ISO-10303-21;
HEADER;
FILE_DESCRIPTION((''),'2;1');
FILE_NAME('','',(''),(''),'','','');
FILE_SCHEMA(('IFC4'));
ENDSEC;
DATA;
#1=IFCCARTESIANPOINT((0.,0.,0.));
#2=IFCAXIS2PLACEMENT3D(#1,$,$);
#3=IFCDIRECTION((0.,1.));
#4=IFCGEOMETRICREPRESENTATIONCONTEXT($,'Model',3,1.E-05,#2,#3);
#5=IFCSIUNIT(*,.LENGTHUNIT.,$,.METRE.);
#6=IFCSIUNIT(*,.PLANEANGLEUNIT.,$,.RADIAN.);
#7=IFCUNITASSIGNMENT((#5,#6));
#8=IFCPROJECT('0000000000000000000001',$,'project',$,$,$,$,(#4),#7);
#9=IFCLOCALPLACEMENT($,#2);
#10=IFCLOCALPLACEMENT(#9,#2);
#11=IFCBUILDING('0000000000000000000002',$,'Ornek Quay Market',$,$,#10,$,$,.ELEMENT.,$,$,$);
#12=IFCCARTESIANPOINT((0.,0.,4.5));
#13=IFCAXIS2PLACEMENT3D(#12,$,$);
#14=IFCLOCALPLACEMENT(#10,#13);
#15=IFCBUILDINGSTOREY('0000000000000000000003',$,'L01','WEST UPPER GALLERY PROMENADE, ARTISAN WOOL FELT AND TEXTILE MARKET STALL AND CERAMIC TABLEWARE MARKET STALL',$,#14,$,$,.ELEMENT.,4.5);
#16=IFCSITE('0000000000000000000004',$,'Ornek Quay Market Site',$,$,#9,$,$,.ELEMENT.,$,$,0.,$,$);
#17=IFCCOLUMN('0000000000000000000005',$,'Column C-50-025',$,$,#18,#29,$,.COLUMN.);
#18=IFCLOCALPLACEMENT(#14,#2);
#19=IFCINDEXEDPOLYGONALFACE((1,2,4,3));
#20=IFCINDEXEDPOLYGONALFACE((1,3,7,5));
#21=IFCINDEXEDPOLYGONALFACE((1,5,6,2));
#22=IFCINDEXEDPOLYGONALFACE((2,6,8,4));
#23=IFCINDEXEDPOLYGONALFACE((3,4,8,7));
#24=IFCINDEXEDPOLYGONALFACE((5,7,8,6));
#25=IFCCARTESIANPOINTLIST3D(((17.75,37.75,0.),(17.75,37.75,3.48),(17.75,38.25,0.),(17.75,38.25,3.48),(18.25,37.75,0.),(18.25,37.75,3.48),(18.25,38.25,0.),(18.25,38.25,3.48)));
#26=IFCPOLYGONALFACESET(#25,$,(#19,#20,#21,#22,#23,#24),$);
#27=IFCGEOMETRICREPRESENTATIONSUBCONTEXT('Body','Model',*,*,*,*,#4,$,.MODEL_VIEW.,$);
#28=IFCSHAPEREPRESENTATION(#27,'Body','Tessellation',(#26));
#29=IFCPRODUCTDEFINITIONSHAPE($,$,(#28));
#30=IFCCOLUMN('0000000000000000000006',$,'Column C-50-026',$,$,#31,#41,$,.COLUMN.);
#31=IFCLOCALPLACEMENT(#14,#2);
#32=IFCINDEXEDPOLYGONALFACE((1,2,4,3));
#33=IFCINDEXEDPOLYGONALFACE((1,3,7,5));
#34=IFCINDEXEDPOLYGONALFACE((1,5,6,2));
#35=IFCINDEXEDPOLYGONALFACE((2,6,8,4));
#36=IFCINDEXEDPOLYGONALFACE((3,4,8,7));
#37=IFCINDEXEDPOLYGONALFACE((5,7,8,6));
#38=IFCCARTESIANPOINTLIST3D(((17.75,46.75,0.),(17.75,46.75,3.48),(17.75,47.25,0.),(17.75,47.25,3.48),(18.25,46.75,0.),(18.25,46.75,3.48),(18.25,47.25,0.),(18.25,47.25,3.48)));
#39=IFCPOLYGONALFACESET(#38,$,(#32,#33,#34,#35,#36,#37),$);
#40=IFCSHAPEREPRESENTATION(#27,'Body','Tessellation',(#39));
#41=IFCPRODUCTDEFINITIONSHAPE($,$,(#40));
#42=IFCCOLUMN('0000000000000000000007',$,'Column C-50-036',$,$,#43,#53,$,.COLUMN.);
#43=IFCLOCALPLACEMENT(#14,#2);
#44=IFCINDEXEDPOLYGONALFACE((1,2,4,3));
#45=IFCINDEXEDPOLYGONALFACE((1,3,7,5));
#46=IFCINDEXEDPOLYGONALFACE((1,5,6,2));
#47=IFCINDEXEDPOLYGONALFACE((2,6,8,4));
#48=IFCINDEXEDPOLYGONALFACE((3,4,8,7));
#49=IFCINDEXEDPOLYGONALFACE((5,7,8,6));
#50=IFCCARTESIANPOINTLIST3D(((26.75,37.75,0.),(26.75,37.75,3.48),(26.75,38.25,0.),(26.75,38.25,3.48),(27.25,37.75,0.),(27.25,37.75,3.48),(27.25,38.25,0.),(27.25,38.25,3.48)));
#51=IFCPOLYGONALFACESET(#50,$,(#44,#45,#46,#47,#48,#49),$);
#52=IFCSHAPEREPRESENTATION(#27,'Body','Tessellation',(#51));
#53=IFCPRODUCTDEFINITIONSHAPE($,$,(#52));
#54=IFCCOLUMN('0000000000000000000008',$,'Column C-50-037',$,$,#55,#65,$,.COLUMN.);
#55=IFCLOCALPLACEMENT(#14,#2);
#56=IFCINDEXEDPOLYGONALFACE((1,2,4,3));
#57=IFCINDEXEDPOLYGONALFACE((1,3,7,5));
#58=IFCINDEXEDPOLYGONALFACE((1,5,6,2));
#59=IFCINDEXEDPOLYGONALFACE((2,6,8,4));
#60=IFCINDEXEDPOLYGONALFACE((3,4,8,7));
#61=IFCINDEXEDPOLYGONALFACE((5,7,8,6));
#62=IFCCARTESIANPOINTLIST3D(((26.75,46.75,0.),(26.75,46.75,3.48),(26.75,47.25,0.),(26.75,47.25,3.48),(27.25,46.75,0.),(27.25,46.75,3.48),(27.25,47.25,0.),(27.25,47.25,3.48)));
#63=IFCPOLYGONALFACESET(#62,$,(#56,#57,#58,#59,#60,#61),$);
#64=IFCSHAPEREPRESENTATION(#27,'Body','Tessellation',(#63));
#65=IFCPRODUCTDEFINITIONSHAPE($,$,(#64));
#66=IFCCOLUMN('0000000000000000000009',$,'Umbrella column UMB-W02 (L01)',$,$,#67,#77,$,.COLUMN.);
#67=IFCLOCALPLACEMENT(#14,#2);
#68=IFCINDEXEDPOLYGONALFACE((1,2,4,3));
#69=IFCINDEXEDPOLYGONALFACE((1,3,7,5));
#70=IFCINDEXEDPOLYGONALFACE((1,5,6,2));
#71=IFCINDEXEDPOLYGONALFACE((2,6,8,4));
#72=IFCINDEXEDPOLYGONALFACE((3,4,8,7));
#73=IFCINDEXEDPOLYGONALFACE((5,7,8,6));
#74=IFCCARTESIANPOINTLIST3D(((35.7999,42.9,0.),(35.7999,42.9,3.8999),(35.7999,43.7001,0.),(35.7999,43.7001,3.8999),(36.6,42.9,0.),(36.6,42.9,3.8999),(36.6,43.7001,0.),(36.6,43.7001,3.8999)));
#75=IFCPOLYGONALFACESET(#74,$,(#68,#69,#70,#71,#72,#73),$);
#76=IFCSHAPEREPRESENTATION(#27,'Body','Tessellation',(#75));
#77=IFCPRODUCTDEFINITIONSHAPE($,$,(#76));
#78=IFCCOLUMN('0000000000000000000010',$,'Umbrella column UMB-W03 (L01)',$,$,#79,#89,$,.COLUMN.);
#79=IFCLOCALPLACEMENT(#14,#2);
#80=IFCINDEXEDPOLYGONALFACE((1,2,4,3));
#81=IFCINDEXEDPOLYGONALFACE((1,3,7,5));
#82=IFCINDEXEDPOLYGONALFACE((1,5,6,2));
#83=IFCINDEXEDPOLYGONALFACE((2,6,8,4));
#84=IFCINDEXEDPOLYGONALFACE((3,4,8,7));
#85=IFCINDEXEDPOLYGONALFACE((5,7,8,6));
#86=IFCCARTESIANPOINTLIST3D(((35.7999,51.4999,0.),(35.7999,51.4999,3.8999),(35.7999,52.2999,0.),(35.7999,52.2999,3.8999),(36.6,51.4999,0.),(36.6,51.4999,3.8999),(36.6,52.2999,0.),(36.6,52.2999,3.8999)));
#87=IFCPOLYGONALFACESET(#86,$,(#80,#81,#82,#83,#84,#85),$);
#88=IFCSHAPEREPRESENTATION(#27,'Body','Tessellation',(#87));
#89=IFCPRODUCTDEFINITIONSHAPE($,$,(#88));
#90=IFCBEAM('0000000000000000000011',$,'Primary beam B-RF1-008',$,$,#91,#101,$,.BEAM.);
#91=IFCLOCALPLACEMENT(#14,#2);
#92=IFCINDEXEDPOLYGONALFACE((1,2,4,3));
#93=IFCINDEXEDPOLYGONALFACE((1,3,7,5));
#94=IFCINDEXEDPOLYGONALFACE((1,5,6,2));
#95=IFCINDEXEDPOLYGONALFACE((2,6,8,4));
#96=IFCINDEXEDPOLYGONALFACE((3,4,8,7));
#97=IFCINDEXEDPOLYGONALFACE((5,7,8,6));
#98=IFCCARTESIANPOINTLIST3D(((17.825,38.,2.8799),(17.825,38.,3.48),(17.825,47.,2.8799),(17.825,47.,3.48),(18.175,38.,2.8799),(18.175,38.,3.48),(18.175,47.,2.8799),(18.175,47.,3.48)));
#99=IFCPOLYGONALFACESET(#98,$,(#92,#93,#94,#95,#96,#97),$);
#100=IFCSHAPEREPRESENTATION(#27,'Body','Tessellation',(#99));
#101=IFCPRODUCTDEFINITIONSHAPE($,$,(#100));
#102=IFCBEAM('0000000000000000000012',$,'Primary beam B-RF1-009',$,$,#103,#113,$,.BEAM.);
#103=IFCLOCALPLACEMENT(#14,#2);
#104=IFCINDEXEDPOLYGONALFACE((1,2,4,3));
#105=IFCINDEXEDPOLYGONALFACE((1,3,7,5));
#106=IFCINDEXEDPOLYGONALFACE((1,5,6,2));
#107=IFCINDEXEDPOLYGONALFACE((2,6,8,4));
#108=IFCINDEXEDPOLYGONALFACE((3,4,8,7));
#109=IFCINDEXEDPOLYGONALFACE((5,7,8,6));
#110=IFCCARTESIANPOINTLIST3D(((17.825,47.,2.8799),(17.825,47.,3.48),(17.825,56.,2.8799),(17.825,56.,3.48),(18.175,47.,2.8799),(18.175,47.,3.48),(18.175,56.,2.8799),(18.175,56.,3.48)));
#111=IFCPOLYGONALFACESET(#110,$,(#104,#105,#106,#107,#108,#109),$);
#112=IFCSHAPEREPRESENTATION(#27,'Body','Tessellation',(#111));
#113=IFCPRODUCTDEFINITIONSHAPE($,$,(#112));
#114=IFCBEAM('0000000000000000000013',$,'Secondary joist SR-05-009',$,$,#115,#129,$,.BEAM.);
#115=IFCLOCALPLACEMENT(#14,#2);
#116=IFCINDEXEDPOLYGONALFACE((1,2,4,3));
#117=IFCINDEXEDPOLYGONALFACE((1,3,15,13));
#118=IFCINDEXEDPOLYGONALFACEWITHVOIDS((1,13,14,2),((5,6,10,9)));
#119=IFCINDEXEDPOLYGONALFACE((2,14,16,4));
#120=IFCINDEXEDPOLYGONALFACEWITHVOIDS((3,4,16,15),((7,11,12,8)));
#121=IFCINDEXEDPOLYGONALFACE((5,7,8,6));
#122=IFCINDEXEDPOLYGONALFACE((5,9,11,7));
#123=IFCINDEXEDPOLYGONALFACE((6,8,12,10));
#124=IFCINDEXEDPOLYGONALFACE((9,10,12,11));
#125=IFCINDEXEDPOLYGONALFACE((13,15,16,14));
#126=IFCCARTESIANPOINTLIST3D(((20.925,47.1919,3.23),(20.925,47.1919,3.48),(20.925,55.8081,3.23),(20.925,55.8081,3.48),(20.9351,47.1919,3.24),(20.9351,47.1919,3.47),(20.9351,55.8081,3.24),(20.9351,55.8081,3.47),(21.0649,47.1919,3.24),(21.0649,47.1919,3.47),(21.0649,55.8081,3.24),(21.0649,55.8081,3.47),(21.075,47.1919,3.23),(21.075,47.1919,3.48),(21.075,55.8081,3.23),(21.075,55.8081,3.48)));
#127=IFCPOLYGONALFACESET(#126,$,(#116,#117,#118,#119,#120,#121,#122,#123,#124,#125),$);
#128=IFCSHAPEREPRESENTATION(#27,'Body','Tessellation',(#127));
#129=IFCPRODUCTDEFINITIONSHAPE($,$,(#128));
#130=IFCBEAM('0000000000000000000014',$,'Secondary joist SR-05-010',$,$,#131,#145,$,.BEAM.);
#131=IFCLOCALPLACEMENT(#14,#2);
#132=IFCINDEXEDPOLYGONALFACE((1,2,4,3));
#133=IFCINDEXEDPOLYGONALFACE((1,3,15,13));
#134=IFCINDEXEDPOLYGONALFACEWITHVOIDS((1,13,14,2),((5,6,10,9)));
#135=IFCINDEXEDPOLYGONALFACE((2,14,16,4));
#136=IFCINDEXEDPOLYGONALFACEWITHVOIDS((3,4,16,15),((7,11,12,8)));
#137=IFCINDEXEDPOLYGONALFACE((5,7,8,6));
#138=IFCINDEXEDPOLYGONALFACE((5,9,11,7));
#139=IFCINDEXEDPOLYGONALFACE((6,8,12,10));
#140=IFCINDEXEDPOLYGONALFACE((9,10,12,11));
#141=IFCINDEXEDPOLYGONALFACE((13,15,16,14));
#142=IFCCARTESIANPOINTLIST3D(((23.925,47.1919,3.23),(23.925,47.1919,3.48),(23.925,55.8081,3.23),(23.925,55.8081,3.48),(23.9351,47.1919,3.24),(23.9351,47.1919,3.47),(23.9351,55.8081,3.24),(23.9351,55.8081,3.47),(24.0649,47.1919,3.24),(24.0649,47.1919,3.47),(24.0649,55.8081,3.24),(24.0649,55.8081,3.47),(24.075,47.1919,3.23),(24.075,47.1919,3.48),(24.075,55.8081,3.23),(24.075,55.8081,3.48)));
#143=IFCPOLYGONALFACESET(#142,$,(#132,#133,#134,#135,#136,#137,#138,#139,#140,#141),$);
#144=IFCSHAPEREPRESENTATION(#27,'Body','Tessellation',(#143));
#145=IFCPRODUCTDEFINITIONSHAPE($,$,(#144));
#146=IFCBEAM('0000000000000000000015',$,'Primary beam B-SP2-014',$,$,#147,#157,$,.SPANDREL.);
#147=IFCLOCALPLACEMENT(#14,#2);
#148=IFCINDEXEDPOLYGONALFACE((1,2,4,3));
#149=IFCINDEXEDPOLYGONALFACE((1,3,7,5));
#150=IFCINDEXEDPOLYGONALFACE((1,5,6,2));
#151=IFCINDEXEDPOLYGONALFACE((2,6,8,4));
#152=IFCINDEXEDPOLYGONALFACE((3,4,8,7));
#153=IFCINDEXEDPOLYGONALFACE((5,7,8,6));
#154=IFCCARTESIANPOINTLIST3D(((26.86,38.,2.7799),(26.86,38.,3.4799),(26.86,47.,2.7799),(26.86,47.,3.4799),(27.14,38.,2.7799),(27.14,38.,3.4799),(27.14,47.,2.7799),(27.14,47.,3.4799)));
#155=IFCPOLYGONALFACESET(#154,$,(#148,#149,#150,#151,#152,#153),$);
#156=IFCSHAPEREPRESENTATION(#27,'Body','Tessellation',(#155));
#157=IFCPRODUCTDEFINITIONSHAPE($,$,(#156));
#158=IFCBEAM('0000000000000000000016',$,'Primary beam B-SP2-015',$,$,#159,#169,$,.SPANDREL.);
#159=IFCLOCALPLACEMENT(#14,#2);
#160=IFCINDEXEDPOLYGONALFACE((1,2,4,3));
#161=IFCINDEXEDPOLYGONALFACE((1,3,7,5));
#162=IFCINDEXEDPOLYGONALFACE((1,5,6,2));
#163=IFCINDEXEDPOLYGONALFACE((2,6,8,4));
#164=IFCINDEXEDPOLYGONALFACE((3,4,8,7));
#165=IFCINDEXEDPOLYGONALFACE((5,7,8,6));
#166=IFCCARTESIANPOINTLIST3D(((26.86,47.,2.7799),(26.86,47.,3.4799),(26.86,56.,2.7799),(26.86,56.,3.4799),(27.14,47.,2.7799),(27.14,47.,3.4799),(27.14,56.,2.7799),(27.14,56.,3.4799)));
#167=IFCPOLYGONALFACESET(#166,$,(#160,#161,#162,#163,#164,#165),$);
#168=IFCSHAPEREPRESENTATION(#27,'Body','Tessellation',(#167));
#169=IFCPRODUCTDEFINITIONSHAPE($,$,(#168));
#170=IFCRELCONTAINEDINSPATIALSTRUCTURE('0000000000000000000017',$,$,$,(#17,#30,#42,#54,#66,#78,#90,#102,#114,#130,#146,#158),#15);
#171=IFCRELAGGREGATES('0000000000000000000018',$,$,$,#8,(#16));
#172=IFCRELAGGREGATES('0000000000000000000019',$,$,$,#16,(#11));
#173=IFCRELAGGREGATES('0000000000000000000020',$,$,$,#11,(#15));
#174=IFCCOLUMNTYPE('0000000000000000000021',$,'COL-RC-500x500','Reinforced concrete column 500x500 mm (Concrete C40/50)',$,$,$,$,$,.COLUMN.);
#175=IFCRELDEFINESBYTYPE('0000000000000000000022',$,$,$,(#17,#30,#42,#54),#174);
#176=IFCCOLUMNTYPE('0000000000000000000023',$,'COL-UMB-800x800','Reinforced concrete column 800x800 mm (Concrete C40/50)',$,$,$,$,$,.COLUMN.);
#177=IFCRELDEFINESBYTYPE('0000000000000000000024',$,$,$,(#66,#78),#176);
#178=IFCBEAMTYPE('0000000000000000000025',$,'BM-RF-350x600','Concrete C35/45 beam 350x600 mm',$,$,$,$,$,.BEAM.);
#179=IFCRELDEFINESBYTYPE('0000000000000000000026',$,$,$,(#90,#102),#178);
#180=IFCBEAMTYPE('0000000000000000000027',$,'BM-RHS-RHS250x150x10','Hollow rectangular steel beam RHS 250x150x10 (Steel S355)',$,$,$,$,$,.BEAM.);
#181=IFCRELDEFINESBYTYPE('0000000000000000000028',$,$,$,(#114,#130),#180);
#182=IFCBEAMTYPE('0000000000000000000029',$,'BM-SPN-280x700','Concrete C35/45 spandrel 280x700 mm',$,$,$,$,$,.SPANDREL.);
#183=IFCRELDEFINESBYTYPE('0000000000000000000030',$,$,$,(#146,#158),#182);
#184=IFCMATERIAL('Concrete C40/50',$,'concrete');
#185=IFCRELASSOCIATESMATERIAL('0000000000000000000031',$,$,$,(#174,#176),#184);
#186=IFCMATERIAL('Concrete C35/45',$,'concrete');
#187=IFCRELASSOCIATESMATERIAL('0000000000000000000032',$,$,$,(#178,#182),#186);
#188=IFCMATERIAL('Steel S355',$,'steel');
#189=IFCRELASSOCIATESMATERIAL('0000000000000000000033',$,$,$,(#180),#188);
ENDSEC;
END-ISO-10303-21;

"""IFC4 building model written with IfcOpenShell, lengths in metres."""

from ifc_helpers import new_model, si_unit, direction, frame, origin, origin_2d, place, context, subcontext, project, spatial, rectangle, hollow_rectangle, extrude, material, material_profile, profile_set, type_object, element, save


model = new_model("IFC4")

# Units and contexts
model_context = context("Model", 3, precision=1e-05, world=origin(), true_north=direction((0.0, 1.0)))
body_context = subcontext(model_context, "Body", "Model", "MODEL_VIEW")
ifc_project = project(units=[si_unit("LENGTHUNIT", "METRE"), si_unit("PLANEANGLEUNIT", "RADIAN")], contexts=[model_context])

# Site, building, storey
site_placement = place(None, origin())
site = spatial("IfcSite", under=ifc_project, at=site_placement, Name="Ornek Quay Market Site", CompositionType="ELEMENT", RefElevation=0.0)
building_placement = place(site_placement, origin())
building = spatial("IfcBuilding", under=site, at=building_placement, Name="Ornek Quay Market", CompositionType="ELEMENT")
storey_placement = place(building_placement, frame((0.0, 0.0, 4.5)))
storey = spatial("IfcBuildingStorey", under=building, at=storey_placement, Name="L01", Description="WEST UPPER GALLERY PROMENADE, ARTISAN WOOL FELT AND TEXTILE MARKET STALL AND CERAMIC TABLEWARE MARKET STALL", CompositionType="ELEMENT", Elevation=4.5)

# Columns
ifc_material_1 = material(Name="Concrete C40/50", Category="concrete")
ifc_material_profile_1 = material_profile(ifc_material_1, rectangle(XDim=0.5, YDim=0.5, at=origin_2d()), Name="RC 500x500", Category="concrete")
ifc_profile_set_1 = profile_set([ifc_material_profile_1], Name="Concrete C40/50")
column_type_1 = type_object("IfcColumnType", Name="COL-RC-500x500", Description="Reinforced concrete column 500x500 mm (Concrete C40/50)", PredefinedType="COLUMN", material=ifc_profile_set_1)
for number, where, z_axis, x_axis, name in (
    (1, (18.0, 38.0, 0.0), (0.0, 0.0, 1.0), (1.0, 0.0, 0.0), "Column C-50-025"),
    (2, (18.0, 47.0, 0.0), (0.0, 0.0, 1.0), (1.0, 0.0, 0.0), "Column C-50-026"),
    (3, (27.0, 38.0, 0.0), (0.0, 0.0, 1.0), (1.0, 0.0, 0.0), "Column C-50-036"),
    (4, (27.0, 47.0, 0.0), (0.0, 0.0, 1.0), (1.0, 0.0, 0.0), "Column C-50-037"),
):
    element("IfcColumn", number, at=place(storey_placement, frame(where, z_axis=z_axis, x_axis=x_axis)), inside=storey, type_object=column_type_1, Name=name, PredefinedType="COLUMN", context=body_context, shape_type="SweptSolid", body=[
        extrude(rectangle(XDim=0.5, YDim=0.5, at=origin_2d()), origin(), (0.0, 0.0, 1.0), 3.48),
    ])
ifc_material_profile_2 = material_profile(ifc_material_1, rectangle(XDim=0.8, YDim=0.8, at=origin_2d()), Name="RC 800x800", Category="concrete")
ifc_profile_set_2 = profile_set([ifc_material_profile_2], Name="Concrete C40/50")
column_type_2 = type_object("IfcColumnType", Name="COL-UMB-800x800", Description="Reinforced concrete column 800x800 mm (Concrete C40/50)", PredefinedType="COLUMN", material=ifc_profile_set_2)
for number, where, z_axis, x_axis, name in (
    (5, (36.2, 43.3, 0.0), (0.0, 0.0, 1.0), (1.0, 0.0, 0.0), "Umbrella column UMB-W02 (L01)"),
    (6, (36.2, 51.8999, 0.0), (0.0, 0.0, 1.0), (1.0, 0.0, 0.0), "Umbrella column UMB-W03 (L01)"),
):
    element("IfcColumn", number, at=place(storey_placement, frame(where, z_axis=z_axis, x_axis=x_axis)), inside=storey, type_object=column_type_2, Name=name, PredefinedType="COLUMN", context=body_context, shape_type="SweptSolid", body=[
        extrude(rectangle(XDim=0.8, YDim=0.8, at=origin_2d()), origin(), (0.0, 0.0, 1.0), 3.8999),
    ])

# Beams
ifc_material_2 = material(Name="Concrete C35/45", Category="concrete")
ifc_material_profile_3 = material_profile(ifc_material_2, rectangle(XDim=0.3501, YDim=0.6001, at=origin_2d()), Name="RC 350x600", Category="concrete")
ifc_profile_set_3 = profile_set([ifc_material_profile_3], Name="Concrete C35/45")
beam_type_1 = type_object("IfcBeamType", Name="BM-RF-350x600", Description="Concrete C35/45 beam 350x600 mm", PredefinedType="BEAM", material=ifc_profile_set_3)
for number, where, z_axis, x_axis, name in (
    (7, (18.0, 38.0, 3.1799), (0.0, 1.0, 0.0), (-1.0, 0.0, 0.0), "Primary beam B-RF1-008"),
    (8, (18.0, 47.0, 3.1799), (0.0, 1.0, 0.0), (-1.0, 0.0, 0.0), "Primary beam B-RF1-009"),
):
    element("IfcBeam", number, at=place(storey_placement, frame(where, z_axis=z_axis, x_axis=x_axis)), inside=storey, type_object=beam_type_1, Name=name, PredefinedType="BEAM", context=body_context, shape_type="SweptSolid", body=[
        extrude(rectangle(XDim=0.3501, YDim=0.6001, at=origin_2d()), origin(), (0.0, 0.0, 1.0), 9.0),
    ])
ifc_material_3 = material(Name="Steel S355", Category="steel")
ifc_material_profile_4 = material_profile(ifc_material_3, hollow_rectangle(XDim=0.1499, YDim=0.25, WallThickness=0.01, at=origin_2d()), Name="RHS 250x150x10", Category="steel")
ifc_profile_set_4 = profile_set([ifc_material_profile_4], Name="Steel S355")
beam_type_2 = type_object("IfcBeamType", Name="BM-RHS-RHS250x150x10", Description="Hollow rectangular steel beam RHS 250x150x10 (Steel S355)", PredefinedType="BEAM", material=ifc_profile_set_4)
for number, where, z_axis, x_axis, name in (
    (9, (21.0, 47.1919, 3.355), (0.0, 1.0, 0.0), (-1.0, 0.0, 0.0), "Secondary joist SR-05-009"),
    (10, (24.0, 47.1919, 3.355), (0.0, 1.0, 0.0), (-1.0, 0.0, 0.0), "Secondary joist SR-05-010"),
):
    element("IfcBeam", number, at=place(storey_placement, frame(where, z_axis=z_axis, x_axis=x_axis)), inside=storey, type_object=beam_type_2, Name=name, PredefinedType="BEAM", context=body_context, shape_type="SweptSolid", body=[
        extrude(hollow_rectangle(XDim=0.1499, YDim=0.25, WallThickness=0.01, at=origin_2d()), origin(), (0.0, 0.0, 1.0), 8.6162),
    ])
ifc_material_profile_5 = material_profile(ifc_material_2, rectangle(XDim=0.28, YDim=0.7, at=origin_2d()), Name="RC 280x700", Category="concrete")
ifc_profile_set_5 = profile_set([ifc_material_profile_5], Name="Concrete C35/45")
beam_type_3 = type_object("IfcBeamType", Name="BM-SPN-280x700", Description="Concrete C35/45 spandrel 280x700 mm", PredefinedType="SPANDREL", material=ifc_profile_set_5)
for number, where, z_axis, x_axis, name in (
    (11, (27.0, 38.0, 3.1299), (0.0, 1.0, 0.0), (-1.0, 0.0, 0.0), "Primary beam B-SP2-014"),
    (12, (27.0, 47.0, 3.1299), (0.0, 1.0, 0.0), (-1.0, 0.0, 0.0), "Primary beam B-SP2-015"),
):
    element("IfcBeam", number, at=place(storey_placement, frame(where, z_axis=z_axis, x_axis=x_axis)), inside=storey, type_object=beam_type_3, Name=name, PredefinedType="SPANDREL", context=body_context, shape_type="SweptSolid", body=[
        extrude(rectangle(XDim=0.28, YDim=0.7, at=origin_2d()), origin(), (0.0, 0.0, 1.0), 9.0),
    ])

save(model, "model.ifc")
